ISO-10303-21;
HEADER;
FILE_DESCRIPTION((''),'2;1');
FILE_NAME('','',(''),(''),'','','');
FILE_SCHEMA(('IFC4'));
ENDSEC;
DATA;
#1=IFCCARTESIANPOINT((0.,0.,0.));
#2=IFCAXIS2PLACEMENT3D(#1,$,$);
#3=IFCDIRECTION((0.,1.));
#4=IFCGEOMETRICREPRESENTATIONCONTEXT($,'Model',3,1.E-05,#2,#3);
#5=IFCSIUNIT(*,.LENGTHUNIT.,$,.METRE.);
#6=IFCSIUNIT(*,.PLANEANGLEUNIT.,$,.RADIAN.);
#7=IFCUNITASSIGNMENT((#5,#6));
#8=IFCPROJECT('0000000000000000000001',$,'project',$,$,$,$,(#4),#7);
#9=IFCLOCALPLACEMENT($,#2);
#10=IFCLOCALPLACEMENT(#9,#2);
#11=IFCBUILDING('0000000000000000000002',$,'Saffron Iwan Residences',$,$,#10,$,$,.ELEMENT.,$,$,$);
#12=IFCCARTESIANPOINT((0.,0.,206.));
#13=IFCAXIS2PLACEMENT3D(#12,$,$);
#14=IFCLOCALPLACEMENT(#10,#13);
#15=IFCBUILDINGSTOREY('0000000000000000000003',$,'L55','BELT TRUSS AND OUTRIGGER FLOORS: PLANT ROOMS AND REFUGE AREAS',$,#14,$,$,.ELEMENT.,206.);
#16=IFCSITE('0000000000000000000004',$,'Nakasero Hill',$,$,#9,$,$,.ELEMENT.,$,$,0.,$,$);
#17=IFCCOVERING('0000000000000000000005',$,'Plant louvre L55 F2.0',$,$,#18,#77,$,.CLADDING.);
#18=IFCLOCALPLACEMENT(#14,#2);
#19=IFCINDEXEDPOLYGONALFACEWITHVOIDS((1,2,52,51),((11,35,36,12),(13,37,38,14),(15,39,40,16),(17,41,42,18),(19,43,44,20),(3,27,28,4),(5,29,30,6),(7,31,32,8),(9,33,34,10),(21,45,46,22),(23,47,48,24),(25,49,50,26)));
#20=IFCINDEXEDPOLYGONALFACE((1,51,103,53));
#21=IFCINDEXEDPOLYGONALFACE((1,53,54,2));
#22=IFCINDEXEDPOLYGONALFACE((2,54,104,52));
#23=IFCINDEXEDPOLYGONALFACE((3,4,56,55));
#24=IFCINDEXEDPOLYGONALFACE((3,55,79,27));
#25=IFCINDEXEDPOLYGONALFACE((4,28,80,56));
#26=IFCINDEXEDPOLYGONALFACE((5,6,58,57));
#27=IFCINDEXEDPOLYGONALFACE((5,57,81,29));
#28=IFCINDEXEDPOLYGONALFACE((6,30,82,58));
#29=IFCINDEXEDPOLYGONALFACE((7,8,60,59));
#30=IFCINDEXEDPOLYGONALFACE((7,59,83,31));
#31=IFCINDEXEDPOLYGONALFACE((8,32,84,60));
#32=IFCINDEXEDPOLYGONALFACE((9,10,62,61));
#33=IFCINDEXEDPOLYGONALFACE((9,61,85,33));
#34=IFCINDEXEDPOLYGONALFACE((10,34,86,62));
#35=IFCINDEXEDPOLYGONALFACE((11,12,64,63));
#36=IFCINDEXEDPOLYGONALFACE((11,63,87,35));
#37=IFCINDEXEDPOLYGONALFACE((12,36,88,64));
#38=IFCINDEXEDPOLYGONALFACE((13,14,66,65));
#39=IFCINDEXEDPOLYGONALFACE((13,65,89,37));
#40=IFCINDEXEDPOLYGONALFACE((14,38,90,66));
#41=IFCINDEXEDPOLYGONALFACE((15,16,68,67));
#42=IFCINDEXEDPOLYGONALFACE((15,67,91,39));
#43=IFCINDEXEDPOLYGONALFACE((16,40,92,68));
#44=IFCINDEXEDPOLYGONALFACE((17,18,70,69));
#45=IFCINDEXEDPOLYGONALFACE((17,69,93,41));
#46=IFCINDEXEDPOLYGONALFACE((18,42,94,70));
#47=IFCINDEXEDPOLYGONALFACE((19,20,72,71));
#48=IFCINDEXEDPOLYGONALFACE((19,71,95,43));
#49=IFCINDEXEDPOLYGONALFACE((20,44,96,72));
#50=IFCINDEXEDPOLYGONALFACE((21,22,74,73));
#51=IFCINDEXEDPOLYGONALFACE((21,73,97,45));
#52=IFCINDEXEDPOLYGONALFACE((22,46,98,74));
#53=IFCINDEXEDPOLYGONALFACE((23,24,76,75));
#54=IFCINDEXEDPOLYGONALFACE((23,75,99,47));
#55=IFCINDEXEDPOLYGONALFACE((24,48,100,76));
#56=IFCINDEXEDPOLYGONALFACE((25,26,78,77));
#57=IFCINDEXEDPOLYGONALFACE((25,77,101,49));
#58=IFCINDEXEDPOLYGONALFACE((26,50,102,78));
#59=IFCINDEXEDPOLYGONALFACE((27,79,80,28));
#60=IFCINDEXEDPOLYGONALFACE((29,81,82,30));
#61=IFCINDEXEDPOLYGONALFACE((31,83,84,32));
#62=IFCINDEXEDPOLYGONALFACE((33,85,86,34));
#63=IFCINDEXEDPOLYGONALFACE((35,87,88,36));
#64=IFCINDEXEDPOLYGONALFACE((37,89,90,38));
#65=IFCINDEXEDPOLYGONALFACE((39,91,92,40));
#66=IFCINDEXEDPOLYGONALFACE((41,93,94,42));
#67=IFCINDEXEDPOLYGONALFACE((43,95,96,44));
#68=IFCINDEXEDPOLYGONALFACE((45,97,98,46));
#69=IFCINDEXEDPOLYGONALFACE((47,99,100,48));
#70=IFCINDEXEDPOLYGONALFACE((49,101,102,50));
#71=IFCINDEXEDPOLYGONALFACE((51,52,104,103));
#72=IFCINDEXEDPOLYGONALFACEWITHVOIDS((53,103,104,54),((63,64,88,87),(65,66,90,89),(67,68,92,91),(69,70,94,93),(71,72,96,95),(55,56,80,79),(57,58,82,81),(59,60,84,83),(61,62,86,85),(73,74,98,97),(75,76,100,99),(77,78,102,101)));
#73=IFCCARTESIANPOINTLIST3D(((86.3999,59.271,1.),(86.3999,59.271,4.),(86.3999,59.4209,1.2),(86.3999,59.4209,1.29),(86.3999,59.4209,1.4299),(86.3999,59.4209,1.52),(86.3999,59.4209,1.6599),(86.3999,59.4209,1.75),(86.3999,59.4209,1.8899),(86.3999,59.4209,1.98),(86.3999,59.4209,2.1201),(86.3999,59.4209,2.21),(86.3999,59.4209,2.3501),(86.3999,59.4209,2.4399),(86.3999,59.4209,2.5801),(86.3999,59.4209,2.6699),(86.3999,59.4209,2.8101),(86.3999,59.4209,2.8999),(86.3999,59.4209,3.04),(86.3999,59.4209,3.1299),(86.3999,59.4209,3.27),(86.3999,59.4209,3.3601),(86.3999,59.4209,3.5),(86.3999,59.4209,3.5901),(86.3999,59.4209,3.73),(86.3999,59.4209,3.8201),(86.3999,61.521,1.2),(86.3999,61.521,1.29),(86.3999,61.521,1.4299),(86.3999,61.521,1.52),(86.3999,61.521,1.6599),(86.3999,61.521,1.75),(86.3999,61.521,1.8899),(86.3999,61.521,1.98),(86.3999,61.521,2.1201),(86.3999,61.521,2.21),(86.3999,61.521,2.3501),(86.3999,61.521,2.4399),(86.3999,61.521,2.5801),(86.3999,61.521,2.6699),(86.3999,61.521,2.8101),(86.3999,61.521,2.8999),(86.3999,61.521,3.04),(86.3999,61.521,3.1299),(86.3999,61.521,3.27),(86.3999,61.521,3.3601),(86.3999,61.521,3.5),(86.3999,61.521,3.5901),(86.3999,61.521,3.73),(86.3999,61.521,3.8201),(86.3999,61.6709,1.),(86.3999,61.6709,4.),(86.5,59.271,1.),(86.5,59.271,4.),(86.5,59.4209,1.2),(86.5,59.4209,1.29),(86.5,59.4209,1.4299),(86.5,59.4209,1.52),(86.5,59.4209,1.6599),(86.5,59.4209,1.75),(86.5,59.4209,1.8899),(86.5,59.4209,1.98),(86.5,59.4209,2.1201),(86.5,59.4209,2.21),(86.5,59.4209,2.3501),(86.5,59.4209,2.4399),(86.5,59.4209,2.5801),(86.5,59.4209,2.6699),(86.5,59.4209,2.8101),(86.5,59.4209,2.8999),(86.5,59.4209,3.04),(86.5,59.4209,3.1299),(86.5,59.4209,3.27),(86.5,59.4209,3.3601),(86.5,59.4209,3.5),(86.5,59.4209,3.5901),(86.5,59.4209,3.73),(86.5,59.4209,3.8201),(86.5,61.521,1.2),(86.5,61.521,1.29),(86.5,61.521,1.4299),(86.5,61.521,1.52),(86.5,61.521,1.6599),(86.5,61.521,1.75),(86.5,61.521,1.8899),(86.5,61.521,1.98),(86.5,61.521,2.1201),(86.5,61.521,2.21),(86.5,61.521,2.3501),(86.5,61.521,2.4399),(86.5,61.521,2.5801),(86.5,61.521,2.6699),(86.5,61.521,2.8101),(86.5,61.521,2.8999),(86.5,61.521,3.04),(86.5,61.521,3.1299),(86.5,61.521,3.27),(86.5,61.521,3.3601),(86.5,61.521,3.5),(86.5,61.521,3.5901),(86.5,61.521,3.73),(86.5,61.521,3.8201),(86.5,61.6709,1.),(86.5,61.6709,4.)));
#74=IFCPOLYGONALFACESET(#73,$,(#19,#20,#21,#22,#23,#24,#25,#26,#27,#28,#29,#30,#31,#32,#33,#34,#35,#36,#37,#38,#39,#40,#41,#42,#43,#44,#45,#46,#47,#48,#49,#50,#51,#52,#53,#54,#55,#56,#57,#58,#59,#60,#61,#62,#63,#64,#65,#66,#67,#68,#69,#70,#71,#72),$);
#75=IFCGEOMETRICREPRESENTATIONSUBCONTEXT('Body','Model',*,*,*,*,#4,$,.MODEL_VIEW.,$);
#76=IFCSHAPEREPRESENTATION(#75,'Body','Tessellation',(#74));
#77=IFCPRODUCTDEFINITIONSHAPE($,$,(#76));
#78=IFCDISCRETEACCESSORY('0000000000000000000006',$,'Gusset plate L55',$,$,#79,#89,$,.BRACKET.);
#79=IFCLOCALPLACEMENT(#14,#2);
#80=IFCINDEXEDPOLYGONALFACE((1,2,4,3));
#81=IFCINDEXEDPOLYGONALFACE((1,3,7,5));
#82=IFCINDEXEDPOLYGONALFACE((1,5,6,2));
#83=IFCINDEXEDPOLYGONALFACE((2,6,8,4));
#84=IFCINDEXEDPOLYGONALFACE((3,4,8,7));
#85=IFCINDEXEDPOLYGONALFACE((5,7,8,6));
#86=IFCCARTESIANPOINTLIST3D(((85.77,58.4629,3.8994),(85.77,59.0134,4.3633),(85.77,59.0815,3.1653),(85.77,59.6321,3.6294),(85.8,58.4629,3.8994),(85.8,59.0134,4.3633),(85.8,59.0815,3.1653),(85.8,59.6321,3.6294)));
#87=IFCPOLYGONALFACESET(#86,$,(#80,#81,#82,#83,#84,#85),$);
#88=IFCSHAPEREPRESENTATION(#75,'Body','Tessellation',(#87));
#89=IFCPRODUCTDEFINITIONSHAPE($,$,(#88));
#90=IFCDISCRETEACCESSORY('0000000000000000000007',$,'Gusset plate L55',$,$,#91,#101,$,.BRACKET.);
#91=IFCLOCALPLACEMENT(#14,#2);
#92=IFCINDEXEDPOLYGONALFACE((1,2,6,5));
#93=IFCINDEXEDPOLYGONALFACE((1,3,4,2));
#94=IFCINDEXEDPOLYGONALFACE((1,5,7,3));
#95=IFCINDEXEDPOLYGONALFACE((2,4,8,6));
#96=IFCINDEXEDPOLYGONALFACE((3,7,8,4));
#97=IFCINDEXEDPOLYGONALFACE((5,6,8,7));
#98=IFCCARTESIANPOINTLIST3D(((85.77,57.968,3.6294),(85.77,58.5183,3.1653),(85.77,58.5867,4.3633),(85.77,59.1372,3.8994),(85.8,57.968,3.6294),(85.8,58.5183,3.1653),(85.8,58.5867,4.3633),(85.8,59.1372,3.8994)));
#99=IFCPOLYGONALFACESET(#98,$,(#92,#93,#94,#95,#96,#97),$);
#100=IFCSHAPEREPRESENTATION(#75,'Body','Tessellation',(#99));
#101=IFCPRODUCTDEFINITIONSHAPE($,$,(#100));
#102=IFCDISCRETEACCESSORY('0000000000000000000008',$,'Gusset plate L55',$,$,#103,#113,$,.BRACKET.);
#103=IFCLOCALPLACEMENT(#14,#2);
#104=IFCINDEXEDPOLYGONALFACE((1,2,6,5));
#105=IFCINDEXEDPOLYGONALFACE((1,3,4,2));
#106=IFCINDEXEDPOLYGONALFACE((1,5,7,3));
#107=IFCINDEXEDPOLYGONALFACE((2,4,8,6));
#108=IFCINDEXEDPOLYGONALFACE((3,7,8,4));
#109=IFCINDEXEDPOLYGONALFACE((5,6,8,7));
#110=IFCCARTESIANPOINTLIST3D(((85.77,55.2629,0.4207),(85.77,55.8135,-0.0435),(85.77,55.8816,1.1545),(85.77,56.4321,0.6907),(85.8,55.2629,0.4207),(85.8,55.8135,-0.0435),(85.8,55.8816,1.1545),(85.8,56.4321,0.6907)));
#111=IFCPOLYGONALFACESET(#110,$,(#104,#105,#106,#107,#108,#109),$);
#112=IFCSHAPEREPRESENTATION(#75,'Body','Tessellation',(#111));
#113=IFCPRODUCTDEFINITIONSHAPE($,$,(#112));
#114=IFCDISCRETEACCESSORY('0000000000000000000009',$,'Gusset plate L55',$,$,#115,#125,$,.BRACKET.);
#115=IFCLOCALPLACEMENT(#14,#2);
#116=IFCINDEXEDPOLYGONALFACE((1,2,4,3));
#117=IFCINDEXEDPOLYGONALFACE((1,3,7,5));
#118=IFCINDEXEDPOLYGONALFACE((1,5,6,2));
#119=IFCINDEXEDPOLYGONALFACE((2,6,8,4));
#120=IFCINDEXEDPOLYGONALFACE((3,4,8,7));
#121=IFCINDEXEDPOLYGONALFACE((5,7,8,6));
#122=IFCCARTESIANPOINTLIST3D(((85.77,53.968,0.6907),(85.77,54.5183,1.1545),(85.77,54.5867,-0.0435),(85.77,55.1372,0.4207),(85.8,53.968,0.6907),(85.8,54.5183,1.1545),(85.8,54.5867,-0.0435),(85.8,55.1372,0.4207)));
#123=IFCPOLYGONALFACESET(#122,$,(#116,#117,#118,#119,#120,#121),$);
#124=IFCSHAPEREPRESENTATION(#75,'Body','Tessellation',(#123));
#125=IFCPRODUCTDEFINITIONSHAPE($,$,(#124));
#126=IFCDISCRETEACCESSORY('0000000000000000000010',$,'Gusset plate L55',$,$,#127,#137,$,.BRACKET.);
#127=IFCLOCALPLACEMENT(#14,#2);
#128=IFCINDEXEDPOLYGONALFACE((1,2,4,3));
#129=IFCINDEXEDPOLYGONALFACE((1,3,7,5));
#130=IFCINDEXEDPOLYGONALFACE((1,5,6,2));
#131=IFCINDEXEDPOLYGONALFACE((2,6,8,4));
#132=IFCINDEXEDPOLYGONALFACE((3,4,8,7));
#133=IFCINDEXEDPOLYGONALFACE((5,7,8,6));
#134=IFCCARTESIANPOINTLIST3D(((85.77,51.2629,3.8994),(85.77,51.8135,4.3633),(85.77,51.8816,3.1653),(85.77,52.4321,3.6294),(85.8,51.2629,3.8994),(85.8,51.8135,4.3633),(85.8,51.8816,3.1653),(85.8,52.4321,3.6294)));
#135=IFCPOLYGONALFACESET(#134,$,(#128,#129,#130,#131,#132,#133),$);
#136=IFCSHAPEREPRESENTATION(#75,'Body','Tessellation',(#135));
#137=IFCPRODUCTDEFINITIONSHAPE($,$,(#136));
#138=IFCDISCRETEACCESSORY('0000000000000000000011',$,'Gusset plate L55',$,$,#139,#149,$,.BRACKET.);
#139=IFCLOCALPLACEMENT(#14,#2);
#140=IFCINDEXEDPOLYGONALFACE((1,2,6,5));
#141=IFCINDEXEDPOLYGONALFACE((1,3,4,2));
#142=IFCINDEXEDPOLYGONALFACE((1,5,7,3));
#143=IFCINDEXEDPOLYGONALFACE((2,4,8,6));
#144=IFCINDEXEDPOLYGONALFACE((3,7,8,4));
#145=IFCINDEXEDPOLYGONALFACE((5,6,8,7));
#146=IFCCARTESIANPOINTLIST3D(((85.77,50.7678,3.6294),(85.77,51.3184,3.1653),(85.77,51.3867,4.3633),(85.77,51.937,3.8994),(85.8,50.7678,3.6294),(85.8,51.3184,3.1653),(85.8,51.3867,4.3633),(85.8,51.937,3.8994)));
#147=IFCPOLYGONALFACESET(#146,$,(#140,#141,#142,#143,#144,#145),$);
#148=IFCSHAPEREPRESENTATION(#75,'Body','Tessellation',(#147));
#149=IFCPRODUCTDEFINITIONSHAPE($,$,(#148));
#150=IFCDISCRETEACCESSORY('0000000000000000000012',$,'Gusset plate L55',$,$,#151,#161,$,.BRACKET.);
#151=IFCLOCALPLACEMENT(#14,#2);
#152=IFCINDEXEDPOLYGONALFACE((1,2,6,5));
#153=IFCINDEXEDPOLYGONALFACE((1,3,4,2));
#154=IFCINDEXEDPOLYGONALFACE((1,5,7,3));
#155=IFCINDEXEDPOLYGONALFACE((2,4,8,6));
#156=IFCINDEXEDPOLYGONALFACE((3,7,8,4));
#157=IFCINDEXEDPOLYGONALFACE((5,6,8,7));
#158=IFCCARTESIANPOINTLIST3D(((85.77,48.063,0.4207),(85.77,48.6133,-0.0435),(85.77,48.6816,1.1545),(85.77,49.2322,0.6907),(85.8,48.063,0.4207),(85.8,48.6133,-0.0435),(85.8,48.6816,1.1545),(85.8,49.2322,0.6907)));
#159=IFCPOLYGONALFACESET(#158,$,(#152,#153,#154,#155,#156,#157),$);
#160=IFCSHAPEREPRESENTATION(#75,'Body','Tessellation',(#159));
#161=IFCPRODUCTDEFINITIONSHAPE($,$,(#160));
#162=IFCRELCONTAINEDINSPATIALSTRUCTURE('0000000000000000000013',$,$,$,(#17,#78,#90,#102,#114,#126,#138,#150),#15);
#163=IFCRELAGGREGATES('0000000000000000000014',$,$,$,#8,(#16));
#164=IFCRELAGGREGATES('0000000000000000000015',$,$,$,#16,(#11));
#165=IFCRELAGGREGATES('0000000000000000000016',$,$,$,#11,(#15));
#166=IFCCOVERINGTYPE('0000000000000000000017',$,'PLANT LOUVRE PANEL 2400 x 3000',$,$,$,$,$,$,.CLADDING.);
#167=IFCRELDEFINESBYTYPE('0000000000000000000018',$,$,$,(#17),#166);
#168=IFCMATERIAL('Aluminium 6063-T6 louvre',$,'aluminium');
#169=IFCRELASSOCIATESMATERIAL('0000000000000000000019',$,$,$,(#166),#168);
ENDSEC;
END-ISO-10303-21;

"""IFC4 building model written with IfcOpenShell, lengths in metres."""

from ifc_helpers import new_model, si_unit, direction, frame, origin, place, context, subcontext, project, spatial, polyline, outline, extrude, material, type_object, element, save


model = new_model("IFC4")

# Units and contexts
model_context = context("Model", 3, precision=1e-05, world=origin(), true_north=direction((0.0, 1.0)))
body_context = subcontext(model_context, "Body", "Model", "MODEL_VIEW")
ifc_project = project(units=[si_unit("LENGTHUNIT", "METRE"), si_unit("PLANEANGLEUNIT", "RADIAN")], contexts=[model_context])

# Site, building, storey
site_placement = place(None, origin())
site = spatial("IfcSite", under=ifc_project, at=site_placement, Name="Nakasero Hill", CompositionType="ELEMENT", RefElevation=0.0)
building_placement = place(site_placement, origin())
building = spatial("IfcBuilding", under=site, at=building_placement, Name="Saffron Iwan Residences", CompositionType="ELEMENT")
storey_placement = place(building_placement, frame((0.0, 0.0, 206.0)))
storey = spatial("IfcBuildingStorey", under=building, at=storey_placement, Name="L55", Description="BELT TRUSS AND OUTRIGGER FLOORS: PLANT ROOMS AND REFUGE AREAS", CompositionType="ELEMENT", Elevation=206.0)

# Covering
ifc_material_1 = material(Name="Aluminium 6063-T6 louvre", Category="aluminium")
covering_type_1 = type_object("IfcCoveringType", Name="PLANT LOUVRE PANEL 2400 x 3000", PredefinedType="CLADDING", material=ifc_material_1)
covering_1_placement = place(storey_placement, frame((86.3999, 59.271, 1.0), z_axis=(1.0, 0.0, 0.0), x_axis=(0.0, 1.0, 0.0)))
element("IfcCovering", 1, at=covering_1_placement, inside=storey, type_object=covering_type_1, Name="Plant louvre L55 F2.0", PredefinedType="CLADDING", context=body_context, shape_type="SweptSolid", body=[
    extrude(outline(polyline([(0.0, 0.0), (2.3999, 0.0), (2.3999, 3.0), (0.0, 3.0), (0.0, 0.0)]), holes=[polyline([(0.1499, 0.2), (2.25, 0.2), (2.25, 0.29), (0.1499, 0.29), (0.1499, 0.2)]), polyline([(0.1499, 0.4299), (2.25, 0.4299), (2.25, 0.52), (0.1499, 0.52), (0.1499, 0.4299)]), polyline([(0.1499, 0.6599), (2.25, 0.6599), (2.25, 0.75), (0.1499, 0.75), (0.1499, 0.6599)]), polyline([(0.1499, 0.8899), (2.25, 0.8899), (2.25, 0.98), (0.1499, 0.98), (0.1499, 0.8899)]), polyline([(0.1499, 1.1201), (2.25, 1.1201), (2.25, 1.21), (0.1499, 1.21), (0.1499, 1.1201)]), polyline([(0.1499, 1.3501), (2.25, 1.3501), (2.25, 1.4399), (0.1499, 1.4399), (0.1499, 1.3501)]), polyline([(0.1499, 1.5801), (2.25, 1.5801), (2.25, 1.6699), (0.1499, 1.6699), (0.1499, 1.5801)]), polyline([(0.1499, 1.8101), (2.25, 1.8101), (2.25, 1.8999), (0.1499, 1.8999), (0.1499, 1.8101)]), polyline([(0.1499, 2.04), (2.25, 2.04), (2.25, 2.1299), (0.1499, 2.1299), (0.1499, 2.04)]), polyline([(0.1499, 2.27), (2.25, 2.27), (2.25, 2.3601), (0.1499, 2.3601), (0.1499, 2.27)]), polyline([(0.1499, 2.5), (2.25, 2.5), (2.25, 2.5901), (0.1499, 2.5901), (0.1499, 2.5)]), polyline([(0.1499, 2.73), (2.25, 2.73), (2.25, 2.8201), (0.1499, 2.8201), (0.1499, 2.73)])]), origin(), (0.0, 0.0, 1.0), 0.1001),
])

# Discrete accessories
discrete_accessory_1_placement = place(storey_placement, frame((85.8, 58.4629, 3.8994), z_axis=(1.0, 0.0, 0.0), x_axis=(0.0, 0.644402, -0.764687)))
element("IfcDiscreteAccessory", 2, at=discrete_accessory_1_placement, inside=storey, Name="Gusset plate L55", PredefinedType="BRACKET", context=body_context, shape_type="SweptSolid", body=[
    extrude(outline(polyline([(0.0, 0.0), (0.96, 0.0), (0.9599, 0.7201), (0.0001, 0.7199), (0.0, 0.0)])), origin(), (0.0, 0.0, -1.0), 0.03),
])
discrete_accessory_2_placement = place(storey_placement, frame((85.8, 58.5867, 4.3633), z_axis=(1.0, 0.0, 0.0), x_axis=(0.0, -0.644527, -0.764581)))
element("IfcDiscreteAccessory", 3, at=discrete_accessory_2_placement, inside=storey, Name="Gusset plate L55", PredefinedType="BRACKET", context=body_context, shape_type="SweptSolid", body=[
    extrude(outline(polyline([(0.0, 0.0), (0.9599, 0.0), (0.96, 0.7199), (-0.0002, 0.7199), (0.0, 0.0)])), origin(), (0.0, 0.0, -1.0), 0.03),
])
discrete_accessory_3_placement = place(storey_placement, frame((85.8, 55.8135, -0.0435), z_axis=(1.0, 0.0, 0.0), x_axis=(0.0, 0.644402, 0.764687)))
element("IfcDiscreteAccessory", 4, at=discrete_accessory_3_placement, inside=storey, Name="Gusset plate L55", PredefinedType="BRACKET", context=body_context, shape_type="SweptSolid", body=[
    extrude(outline(polyline([(0.0, 0.0), (0.96, 0.0), (0.96, 0.7199), (0.0001, 0.7201), (0.0, 0.0)])), origin(), (0.0, 0.0, -1.0), 0.03),
])
discrete_accessory_4_placement = place(storey_placement, frame((85.8, 55.1372, 0.4207), z_axis=(1.0, 0.0, 0.0), x_axis=(0.0, -0.644676, 0.764456)))
element("IfcDiscreteAccessory", 5, at=discrete_accessory_4_placement, inside=storey, Name="Gusset plate L55", PredefinedType="BRACKET", context=body_context, shape_type="SweptSolid", body=[
    extrude(outline(polyline([(0.0, 0.0), (0.96, 0.0), (0.9602, 0.7197), (0.0001, 0.7201), (0.0, 0.0)])), origin(), (0.0, 0.0, -1.0), 0.03),
])
discrete_accessory_5_placement = place(storey_placement, frame((85.8, 51.2629, 3.8994), z_axis=(1.0, 0.0, 0.0), x_axis=(0.0, 0.644402, -0.764687)))
element("IfcDiscreteAccessory", 6, at=discrete_accessory_5_placement, inside=storey, Name="Gusset plate L55", PredefinedType="BRACKET", context=body_context, shape_type="SweptSolid", body=[
    extrude(outline(polyline([(0.0, 0.0), (0.96, 0.0), (0.9599, 0.7201), (0.0001, 0.7199), (0.0, 0.0)])), origin(), (0.0, 0.0, -1.0), 0.03),
])
discrete_accessory_6_placement = place(storey_placement, frame((85.8, 51.3867, 4.3633), z_axis=(1.0, 0.0, 0.0), x_axis=(0.0, -0.644676, -0.764456)))
element("IfcDiscreteAccessory", 7, at=discrete_accessory_6_placement, inside=storey, Name="Gusset plate L55", PredefinedType="BRACKET", context=body_context, shape_type="SweptSolid", body=[
    extrude(outline(polyline([(0.0, 0.0), (0.96, 0.0), (0.9599, 0.7201), (-0.0002, 0.7197), (0.0, 0.0)])), origin(), (0.0, 0.0, -1.0), 0.03),
])
discrete_accessory_7_placement = place(storey_placement, frame((85.8, 48.6133, -0.0435), z_axis=(1.0, 0.0, 0.0), x_axis=(0.0, 0.644551, 0.764562)))
element("IfcDiscreteAccessory", 8, at=discrete_accessory_7_placement, inside=storey, Name="Gusset plate L55", PredefinedType="BRACKET", context=body_context, shape_type="SweptSolid", body=[
    extrude(outline(polyline([(0.0, 0.0), (0.9602, 0.0), (0.96, 0.7199), (0.0002, 0.7199), (0.0, 0.0)])), origin(), (0.0, 0.0, -1.0), 0.03),
])

save(model, "model.ifc")
